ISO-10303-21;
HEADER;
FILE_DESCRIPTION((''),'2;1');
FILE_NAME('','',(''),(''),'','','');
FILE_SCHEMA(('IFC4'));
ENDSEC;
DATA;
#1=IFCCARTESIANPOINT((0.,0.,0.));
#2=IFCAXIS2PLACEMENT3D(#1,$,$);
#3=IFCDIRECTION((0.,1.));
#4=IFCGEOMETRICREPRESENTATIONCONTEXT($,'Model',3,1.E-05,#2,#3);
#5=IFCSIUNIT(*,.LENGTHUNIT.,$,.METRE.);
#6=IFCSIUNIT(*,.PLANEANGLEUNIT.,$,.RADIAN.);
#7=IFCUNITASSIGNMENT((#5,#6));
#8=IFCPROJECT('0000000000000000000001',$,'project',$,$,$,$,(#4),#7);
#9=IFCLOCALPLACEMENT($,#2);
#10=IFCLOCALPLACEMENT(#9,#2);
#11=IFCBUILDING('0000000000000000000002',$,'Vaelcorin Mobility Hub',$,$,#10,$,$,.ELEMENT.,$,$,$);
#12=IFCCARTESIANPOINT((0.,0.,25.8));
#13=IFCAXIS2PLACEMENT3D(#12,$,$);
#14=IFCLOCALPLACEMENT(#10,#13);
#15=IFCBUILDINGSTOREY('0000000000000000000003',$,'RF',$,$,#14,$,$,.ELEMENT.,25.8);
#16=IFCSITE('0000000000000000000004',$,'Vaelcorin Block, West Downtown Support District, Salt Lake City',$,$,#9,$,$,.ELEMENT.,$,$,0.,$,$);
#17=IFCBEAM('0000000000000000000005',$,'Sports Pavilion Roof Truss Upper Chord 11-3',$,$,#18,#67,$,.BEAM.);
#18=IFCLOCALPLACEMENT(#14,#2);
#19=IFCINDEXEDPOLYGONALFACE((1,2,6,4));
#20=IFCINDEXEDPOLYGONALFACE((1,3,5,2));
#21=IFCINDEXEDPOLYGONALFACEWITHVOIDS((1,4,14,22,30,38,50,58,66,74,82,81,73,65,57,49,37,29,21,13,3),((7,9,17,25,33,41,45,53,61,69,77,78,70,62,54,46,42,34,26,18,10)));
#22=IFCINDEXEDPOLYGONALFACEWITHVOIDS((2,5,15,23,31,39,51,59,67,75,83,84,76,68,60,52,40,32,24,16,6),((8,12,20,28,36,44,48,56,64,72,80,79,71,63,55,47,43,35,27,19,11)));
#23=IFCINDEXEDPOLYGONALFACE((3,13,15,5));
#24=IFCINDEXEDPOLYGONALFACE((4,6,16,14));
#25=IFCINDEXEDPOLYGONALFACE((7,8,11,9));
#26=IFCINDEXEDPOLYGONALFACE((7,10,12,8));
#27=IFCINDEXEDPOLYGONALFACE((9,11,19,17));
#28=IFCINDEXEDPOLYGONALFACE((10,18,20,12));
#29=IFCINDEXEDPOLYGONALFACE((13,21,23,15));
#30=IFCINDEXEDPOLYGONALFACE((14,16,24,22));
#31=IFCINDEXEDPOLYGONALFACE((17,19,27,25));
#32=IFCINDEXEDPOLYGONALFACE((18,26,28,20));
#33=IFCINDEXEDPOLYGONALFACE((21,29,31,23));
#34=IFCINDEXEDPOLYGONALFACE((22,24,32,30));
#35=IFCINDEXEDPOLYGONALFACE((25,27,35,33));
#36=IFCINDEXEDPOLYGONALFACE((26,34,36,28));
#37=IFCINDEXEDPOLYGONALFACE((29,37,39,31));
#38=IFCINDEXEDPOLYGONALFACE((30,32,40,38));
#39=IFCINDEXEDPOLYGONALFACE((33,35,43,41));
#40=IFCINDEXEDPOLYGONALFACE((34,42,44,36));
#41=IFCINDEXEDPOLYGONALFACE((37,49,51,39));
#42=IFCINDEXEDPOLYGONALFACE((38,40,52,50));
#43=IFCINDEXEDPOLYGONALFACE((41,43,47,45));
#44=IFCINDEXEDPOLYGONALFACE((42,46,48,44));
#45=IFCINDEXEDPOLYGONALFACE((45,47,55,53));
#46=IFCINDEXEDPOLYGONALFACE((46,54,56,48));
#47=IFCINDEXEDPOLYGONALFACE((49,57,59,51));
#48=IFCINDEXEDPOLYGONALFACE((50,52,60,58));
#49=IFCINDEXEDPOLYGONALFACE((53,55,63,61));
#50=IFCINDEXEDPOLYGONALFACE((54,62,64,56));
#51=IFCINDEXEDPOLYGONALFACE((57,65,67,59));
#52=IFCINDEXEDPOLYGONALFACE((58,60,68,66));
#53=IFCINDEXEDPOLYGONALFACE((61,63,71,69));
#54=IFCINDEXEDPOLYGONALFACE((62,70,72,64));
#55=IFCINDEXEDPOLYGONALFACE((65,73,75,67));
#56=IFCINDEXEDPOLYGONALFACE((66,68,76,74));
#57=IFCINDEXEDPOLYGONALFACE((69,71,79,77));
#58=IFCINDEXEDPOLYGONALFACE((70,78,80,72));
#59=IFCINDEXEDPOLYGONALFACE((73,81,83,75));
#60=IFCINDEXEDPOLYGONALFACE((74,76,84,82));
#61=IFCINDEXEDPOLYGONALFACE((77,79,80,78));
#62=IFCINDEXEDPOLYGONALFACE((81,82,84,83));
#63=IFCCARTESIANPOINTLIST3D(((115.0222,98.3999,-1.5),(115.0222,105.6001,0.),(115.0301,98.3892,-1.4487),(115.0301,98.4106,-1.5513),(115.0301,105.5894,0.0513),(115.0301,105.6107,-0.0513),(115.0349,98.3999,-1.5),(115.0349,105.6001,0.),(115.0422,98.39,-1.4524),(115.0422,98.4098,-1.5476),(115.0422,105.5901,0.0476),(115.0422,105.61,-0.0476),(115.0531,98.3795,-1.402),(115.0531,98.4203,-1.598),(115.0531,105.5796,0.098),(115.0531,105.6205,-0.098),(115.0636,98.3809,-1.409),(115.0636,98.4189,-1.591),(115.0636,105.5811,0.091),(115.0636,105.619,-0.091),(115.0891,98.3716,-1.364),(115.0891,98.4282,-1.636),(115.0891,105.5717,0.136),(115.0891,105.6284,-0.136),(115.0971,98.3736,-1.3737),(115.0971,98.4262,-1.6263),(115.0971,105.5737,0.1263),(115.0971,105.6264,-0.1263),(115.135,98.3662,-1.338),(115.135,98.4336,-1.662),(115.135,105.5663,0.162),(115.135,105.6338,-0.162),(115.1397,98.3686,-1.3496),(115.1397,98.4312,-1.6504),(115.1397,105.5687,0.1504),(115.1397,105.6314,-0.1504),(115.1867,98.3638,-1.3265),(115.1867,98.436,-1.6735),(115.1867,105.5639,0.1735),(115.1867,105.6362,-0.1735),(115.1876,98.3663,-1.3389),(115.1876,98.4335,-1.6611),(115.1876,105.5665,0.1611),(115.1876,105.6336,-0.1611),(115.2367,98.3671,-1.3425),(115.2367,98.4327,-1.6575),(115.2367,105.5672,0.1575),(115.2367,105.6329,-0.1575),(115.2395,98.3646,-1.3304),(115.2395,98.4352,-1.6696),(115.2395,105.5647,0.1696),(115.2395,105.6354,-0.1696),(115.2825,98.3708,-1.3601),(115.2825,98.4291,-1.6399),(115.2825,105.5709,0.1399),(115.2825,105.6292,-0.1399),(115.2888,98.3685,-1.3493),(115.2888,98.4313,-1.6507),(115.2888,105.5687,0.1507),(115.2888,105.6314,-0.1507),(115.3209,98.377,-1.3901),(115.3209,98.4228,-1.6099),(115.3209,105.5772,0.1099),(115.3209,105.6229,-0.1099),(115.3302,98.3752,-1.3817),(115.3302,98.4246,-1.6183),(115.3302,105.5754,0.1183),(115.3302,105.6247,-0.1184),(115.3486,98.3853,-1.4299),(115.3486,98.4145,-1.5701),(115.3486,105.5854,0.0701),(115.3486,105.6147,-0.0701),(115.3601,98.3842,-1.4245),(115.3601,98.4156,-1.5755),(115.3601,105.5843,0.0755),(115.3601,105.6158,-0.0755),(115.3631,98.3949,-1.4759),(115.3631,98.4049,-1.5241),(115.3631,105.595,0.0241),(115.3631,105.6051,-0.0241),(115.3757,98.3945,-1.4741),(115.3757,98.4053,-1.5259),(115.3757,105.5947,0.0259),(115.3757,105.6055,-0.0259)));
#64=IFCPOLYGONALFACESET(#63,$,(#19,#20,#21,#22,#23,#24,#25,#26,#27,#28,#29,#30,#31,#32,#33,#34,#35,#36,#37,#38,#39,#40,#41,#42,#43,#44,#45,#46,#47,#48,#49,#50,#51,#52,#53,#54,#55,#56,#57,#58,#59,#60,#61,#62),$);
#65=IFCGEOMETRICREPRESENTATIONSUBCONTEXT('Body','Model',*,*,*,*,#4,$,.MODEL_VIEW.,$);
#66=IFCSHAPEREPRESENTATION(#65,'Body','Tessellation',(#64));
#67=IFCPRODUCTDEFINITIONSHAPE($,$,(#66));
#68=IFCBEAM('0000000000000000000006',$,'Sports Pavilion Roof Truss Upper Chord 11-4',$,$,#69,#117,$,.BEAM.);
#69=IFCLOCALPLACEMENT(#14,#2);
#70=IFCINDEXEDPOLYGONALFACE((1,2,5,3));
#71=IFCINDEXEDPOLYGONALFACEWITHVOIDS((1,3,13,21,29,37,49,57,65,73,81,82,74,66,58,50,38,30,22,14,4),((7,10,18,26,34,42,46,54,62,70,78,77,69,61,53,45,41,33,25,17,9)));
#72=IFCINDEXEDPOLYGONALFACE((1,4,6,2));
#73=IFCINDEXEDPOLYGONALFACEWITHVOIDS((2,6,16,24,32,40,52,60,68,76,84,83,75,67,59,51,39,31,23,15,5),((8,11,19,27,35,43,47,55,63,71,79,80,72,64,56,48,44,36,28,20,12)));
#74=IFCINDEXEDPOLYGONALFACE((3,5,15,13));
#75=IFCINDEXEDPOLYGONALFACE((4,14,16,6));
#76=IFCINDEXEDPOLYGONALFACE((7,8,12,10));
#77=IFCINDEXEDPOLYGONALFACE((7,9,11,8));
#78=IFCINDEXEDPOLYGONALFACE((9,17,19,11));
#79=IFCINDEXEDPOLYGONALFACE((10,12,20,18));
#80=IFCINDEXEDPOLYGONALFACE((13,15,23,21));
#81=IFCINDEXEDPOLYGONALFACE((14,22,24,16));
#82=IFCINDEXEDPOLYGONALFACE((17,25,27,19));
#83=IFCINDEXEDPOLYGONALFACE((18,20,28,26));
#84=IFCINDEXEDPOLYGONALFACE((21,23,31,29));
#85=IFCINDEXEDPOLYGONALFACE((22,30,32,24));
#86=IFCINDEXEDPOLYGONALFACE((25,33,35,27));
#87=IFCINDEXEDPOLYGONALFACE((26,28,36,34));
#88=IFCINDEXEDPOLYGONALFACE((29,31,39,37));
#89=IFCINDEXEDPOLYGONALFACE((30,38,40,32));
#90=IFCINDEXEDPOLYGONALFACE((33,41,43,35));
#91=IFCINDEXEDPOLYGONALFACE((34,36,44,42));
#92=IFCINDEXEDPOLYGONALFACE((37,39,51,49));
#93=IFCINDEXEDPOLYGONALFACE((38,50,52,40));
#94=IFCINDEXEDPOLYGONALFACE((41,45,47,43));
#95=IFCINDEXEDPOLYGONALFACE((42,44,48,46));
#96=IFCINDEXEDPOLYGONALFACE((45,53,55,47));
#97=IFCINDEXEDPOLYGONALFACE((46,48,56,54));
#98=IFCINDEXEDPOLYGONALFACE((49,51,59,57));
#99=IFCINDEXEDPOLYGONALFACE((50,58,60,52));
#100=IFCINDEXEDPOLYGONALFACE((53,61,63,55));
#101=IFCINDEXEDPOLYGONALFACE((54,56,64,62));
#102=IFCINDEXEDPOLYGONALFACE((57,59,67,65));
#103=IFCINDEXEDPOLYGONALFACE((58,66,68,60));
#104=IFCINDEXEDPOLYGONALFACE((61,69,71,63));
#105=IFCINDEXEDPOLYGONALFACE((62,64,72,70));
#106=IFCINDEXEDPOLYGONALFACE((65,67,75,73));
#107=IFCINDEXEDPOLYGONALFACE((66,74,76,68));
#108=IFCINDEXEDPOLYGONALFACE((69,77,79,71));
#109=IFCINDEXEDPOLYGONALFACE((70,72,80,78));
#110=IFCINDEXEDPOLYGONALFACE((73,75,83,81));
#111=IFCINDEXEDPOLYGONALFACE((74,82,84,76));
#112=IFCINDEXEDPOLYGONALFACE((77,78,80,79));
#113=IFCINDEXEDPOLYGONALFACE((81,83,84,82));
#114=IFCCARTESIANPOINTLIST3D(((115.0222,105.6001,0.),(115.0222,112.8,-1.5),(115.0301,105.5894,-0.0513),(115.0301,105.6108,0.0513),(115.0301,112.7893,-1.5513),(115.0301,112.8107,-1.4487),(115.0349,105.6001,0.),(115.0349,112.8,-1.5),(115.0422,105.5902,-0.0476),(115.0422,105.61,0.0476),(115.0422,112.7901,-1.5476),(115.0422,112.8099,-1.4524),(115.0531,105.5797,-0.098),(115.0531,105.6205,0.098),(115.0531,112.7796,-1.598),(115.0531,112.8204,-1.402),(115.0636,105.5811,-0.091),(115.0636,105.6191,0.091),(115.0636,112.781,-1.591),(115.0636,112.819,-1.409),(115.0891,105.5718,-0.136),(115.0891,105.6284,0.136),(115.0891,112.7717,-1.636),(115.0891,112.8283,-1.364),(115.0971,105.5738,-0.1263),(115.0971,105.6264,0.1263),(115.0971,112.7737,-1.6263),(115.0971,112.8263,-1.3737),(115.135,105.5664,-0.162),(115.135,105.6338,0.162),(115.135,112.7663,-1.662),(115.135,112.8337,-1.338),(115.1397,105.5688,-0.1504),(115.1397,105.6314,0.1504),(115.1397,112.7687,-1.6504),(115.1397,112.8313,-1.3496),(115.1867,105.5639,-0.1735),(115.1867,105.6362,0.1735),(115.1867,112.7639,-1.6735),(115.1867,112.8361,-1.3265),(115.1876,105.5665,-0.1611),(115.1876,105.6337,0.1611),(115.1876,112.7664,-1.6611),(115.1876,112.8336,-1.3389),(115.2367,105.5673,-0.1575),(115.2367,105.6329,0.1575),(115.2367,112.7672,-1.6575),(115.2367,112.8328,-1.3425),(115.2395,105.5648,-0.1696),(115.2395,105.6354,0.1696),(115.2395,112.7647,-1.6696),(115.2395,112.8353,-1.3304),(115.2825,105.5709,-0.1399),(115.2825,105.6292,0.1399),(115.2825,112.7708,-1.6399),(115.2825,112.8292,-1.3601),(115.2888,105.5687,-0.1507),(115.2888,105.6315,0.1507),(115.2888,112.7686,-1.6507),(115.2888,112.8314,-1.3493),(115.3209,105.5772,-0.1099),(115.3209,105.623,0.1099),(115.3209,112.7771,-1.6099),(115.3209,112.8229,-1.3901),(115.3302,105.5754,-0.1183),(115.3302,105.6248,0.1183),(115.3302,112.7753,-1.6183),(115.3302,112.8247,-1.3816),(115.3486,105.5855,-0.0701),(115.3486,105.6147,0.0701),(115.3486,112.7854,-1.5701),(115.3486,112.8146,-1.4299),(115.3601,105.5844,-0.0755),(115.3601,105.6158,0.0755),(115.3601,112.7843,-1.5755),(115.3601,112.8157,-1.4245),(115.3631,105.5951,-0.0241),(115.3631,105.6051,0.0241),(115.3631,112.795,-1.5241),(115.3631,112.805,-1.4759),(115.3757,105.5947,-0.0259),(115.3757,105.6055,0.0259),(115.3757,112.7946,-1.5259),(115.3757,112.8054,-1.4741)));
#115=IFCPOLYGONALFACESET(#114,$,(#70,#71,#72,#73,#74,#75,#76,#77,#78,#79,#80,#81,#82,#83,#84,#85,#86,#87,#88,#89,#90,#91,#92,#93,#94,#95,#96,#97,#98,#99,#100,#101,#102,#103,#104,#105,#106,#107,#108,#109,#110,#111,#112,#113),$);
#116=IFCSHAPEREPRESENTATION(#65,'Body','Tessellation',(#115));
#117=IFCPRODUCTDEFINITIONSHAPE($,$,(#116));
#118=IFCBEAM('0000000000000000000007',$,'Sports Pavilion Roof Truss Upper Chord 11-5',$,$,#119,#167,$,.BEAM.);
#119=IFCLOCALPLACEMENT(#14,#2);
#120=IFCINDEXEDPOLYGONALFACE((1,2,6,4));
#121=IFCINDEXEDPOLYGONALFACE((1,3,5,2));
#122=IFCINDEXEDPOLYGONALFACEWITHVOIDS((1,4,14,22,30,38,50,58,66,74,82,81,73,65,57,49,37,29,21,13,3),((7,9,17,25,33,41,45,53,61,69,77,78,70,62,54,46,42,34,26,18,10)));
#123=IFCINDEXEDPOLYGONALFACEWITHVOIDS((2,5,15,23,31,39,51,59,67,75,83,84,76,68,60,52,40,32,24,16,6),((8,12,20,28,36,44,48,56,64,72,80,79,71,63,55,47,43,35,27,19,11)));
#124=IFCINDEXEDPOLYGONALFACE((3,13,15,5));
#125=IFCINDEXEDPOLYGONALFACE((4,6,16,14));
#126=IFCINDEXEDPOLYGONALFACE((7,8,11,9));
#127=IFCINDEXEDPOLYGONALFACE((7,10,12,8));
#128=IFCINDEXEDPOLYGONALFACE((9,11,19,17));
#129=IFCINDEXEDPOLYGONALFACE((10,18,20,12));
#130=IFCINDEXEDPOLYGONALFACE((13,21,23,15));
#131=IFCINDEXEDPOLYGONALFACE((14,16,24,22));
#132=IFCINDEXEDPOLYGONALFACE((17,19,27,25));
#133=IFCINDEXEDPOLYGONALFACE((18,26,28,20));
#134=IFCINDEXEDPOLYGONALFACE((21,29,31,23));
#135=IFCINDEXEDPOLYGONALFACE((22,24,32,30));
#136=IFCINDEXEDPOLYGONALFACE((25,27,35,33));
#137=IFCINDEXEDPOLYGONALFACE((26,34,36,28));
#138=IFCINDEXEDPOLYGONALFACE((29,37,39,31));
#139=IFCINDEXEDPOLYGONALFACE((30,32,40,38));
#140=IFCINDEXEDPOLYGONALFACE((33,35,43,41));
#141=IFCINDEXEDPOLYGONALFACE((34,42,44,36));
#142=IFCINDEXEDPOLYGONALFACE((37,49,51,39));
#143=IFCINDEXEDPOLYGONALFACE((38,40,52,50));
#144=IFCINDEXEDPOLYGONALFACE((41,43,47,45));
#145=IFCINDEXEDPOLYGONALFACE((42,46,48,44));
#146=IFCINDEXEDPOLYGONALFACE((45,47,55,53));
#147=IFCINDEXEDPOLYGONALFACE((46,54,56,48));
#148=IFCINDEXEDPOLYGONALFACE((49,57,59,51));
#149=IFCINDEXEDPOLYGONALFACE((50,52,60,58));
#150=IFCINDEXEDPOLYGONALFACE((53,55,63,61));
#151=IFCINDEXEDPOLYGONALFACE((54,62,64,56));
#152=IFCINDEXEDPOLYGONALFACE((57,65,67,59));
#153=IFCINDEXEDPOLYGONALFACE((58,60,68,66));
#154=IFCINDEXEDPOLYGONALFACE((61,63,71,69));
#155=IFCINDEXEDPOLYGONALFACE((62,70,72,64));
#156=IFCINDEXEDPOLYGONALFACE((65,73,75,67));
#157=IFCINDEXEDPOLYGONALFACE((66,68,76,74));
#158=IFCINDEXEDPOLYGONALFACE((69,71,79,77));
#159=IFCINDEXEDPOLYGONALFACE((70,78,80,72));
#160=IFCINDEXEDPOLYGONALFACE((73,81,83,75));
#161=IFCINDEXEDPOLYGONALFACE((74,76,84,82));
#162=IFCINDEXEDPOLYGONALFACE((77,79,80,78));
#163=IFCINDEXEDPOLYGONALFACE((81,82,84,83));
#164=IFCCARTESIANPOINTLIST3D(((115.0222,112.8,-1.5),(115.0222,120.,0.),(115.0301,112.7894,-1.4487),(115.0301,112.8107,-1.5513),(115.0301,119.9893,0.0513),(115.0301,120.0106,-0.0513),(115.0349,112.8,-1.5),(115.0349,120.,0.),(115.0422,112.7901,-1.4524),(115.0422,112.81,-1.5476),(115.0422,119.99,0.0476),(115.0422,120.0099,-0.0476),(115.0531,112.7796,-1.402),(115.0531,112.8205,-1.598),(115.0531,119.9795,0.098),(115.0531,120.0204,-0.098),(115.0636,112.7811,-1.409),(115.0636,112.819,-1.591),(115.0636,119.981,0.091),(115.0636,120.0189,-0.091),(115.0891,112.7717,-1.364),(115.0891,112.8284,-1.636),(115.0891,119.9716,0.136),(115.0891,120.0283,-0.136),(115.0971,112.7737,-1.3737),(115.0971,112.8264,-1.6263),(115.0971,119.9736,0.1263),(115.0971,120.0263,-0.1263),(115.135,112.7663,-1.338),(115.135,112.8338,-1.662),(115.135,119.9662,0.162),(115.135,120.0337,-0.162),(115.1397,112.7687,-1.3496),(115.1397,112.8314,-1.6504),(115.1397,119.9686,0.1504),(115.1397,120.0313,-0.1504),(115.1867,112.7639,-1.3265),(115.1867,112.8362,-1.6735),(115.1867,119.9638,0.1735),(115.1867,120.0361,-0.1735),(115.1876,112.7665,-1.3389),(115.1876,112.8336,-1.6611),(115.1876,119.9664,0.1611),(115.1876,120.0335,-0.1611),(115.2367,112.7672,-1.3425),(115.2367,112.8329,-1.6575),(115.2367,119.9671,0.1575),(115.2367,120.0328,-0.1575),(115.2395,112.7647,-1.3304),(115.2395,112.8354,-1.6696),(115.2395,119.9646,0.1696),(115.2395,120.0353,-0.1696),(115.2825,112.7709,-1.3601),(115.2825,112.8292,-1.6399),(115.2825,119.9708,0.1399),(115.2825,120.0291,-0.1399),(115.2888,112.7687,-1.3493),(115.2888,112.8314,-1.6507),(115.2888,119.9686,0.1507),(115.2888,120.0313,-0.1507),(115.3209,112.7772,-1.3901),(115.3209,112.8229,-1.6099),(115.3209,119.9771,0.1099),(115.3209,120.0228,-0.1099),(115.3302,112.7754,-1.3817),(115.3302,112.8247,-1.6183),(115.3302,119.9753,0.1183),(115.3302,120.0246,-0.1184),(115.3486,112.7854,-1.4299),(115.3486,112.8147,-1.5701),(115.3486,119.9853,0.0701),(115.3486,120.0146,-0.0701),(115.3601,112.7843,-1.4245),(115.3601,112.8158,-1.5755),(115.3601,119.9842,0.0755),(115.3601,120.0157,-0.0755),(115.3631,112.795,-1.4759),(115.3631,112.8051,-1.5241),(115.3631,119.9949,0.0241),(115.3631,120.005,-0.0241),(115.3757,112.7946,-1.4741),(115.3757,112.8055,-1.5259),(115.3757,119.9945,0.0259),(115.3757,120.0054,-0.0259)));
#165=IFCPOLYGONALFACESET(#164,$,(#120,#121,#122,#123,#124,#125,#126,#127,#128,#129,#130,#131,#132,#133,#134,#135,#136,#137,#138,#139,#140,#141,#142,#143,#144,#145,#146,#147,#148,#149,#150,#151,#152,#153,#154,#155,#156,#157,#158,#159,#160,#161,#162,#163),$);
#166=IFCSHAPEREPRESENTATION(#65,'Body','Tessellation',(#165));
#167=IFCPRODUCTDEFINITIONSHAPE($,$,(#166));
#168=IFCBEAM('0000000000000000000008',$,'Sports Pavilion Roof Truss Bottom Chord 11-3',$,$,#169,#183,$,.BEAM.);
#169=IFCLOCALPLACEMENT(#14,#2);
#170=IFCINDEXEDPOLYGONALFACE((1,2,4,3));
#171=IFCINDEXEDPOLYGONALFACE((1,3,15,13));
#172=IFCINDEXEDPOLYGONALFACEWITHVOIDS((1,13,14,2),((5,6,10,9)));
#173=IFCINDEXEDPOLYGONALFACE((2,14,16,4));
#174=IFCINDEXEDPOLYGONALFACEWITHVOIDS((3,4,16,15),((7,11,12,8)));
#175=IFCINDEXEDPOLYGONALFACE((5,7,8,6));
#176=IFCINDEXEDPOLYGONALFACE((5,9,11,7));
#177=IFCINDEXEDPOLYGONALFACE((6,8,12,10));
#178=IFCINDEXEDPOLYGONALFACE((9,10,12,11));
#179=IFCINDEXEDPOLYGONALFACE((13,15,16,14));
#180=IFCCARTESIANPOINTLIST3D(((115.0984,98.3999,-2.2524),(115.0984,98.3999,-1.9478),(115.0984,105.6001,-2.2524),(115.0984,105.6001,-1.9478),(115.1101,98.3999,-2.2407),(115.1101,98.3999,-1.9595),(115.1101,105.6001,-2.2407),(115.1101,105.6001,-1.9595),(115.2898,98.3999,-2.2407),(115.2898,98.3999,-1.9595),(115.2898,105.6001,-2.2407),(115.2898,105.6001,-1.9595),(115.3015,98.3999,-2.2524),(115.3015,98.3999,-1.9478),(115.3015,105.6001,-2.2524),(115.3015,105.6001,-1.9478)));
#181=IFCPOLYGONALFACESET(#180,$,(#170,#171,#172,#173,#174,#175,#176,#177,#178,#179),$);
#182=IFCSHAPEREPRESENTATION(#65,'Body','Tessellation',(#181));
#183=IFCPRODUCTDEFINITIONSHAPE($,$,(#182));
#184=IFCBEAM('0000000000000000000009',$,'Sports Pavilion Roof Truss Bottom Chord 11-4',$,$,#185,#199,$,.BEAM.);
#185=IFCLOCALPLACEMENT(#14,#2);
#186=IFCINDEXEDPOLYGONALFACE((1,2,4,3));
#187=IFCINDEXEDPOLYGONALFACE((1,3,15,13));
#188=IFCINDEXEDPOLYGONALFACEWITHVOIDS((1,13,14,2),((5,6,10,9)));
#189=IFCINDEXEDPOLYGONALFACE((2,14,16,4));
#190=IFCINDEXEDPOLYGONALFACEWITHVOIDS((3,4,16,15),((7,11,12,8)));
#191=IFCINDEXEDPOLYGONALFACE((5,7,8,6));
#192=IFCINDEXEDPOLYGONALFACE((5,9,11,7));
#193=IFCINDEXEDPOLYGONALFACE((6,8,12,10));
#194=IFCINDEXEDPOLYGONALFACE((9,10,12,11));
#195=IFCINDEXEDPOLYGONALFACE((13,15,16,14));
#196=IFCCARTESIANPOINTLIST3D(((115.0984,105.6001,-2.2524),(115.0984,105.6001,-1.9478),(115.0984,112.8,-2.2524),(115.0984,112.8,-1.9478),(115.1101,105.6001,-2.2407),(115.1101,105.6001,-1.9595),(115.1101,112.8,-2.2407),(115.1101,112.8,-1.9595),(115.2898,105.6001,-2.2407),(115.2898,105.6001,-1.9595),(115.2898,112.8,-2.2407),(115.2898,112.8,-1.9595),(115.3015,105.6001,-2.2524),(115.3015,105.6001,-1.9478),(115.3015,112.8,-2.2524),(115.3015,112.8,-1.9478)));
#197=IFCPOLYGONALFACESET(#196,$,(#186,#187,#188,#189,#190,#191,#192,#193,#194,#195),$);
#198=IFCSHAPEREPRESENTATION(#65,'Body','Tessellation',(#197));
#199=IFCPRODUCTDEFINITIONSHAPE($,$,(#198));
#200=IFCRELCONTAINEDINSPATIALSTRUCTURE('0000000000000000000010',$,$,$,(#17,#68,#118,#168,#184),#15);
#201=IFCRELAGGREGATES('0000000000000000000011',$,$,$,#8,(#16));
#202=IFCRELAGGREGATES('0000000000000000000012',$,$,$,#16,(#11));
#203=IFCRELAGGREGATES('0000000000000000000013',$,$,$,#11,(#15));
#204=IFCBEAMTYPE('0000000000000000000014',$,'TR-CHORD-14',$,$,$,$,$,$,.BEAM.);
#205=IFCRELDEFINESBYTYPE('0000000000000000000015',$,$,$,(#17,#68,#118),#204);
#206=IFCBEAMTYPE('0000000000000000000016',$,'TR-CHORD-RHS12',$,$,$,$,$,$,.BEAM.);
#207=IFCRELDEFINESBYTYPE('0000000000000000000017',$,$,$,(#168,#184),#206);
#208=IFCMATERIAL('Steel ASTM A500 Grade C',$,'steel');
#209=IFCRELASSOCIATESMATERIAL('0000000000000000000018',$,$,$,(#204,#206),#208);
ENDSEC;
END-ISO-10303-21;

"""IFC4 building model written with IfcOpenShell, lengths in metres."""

from ifc_helpers import new_model, si_unit, direction, frame, origin, origin_2d, place, context, subcontext, project, spatial, hollow_rectangle, hollow_circle, extrude, material, material_profile, profile_set, type_object, element, save


model = new_model("IFC4")

# Units and contexts
model_context = context("Model", 3, precision=1e-05, world=origin(), true_north=direction((0.0, 1.0)))
body_context = subcontext(model_context, "Body", "Model", "MODEL_VIEW")
ifc_project = project(units=[si_unit("LENGTHUNIT", "METRE"), si_unit("PLANEANGLEUNIT", "RADIAN")], contexts=[model_context])

# Site, building, storey
site_placement = place(None, origin())
site = spatial("IfcSite", under=ifc_project, at=site_placement, Name="Vaelcorin Block, West Downtown Support District, Salt Lake City", CompositionType="ELEMENT", RefElevation=0.0)
building_placement = place(site_placement, origin())
building = spatial("IfcBuilding", under=site, at=building_placement, Name="Vaelcorin Mobility Hub", CompositionType="ELEMENT")
storey_placement = place(building_placement, frame((0.0, 0.0, 25.8)))
storey = spatial("IfcBuildingStorey", under=building, at=storey_placement, Name="RF", CompositionType="ELEMENT", Elevation=25.8)

# Shared definitions
ifc_material_1 = material(Name="Steel ASTM A500 Grade C", Category="steel")

# Beams
ifc_material_profile_1 = material_profile(ifc_material_1, hollow_circle(Radius=0.1777, WallThickness=0.0127, at=origin_2d()), Name="HSS14.000X0.500")
ifc_profile_set_1 = profile_set([ifc_material_profile_1], Name="Steel ASTM A500 Grade C")
beam_type_1 = type_object("IfcBeamType", Name="TR-CHORD-14", PredefinedType="BEAM", material=ifc_profile_set_1)
beam_1_placement = place(storey_placement, frame((115.2, 98.3999, -1.5), z_axis=(0.0, 0.978982, 0.203949), x_axis=(-1.0, 0.0, 0.0)))
element("IfcBeam", 1, at=beam_1_placement, inside=storey, type_object=beam_type_1, Name="Sports Pavilion Roof Truss Upper Chord 11-3", PredefinedType="BEAM", context=body_context, shape_type="SweptSolid", body=[
    extrude(hollow_circle(Radius=0.1777, WallThickness=0.0127, at=origin_2d()), origin(), (0.0, 0.0, 1.0), 7.3547),
])
for number, where, z_axis, x_axis, name in (
    (2, (115.2, 105.6001, 0.0), (0.0, 0.97898, -0.203956), (-1.0, 0.0, 0.0), "Sports Pavilion Roof Truss Upper Chord 11-4"),
    (3, (115.2, 112.8, -1.5), (0.0, 0.97898, 0.203956), (-1.0, 0.0, 0.0), "Sports Pavilion Roof Truss Upper Chord 11-5"),
):
    element("IfcBeam", number, at=place(storey_placement, frame(where, z_axis=z_axis, x_axis=x_axis)), inside=storey, type_object=beam_type_1, Name=name, PredefinedType="BEAM", context=body_context, shape_type="SweptSolid", body=[
        extrude(hollow_circle(Radius=0.1777, WallThickness=0.0127, at=origin_2d()), origin(), (0.0, 0.0, 1.0), 7.3545),
    ])
ifc_material_profile_2 = material_profile(ifc_material_1, hollow_rectangle(XDim=0.2031, YDim=0.3047, WallThickness=0.0117, at=origin_2d()), Name="HSS12X8X0.500")
ifc_profile_set_2 = profile_set([ifc_material_profile_2], Name="Steel ASTM A500 Grade C")
beam_type_2 = type_object("IfcBeamType", Name="TR-CHORD-RHS12", PredefinedType="BEAM", material=ifc_profile_set_2)
beam_2_placement = place(storey_placement, frame((115.2, 98.3999, -2.1001), z_axis=(0.0, 1.0, 0.0), x_axis=(-1.0, 0.0, 0.0)))
element("IfcBeam", 4, at=beam_2_placement, inside=storey, type_object=beam_type_2, Name="Sports Pavilion Roof Truss Bottom Chord 11-3", PredefinedType="BEAM", context=body_context, shape_type="SweptSolid", body=[
    extrude(hollow_rectangle(XDim=0.2031, YDim=0.3047, WallThickness=0.0117, at=origin_2d()), origin(), (0.0, 0.0, 1.0), 7.2002),
])
beam_3_placement = place(storey_placement, frame((115.2, 105.6001, -2.1001), z_axis=(0.0, 1.0, 0.0), x_axis=(-1.0, 0.0, 0.0)))
element("IfcBeam", 5, at=beam_3_placement, inside=storey, type_object=beam_type_2, Name="Sports Pavilion Roof Truss Bottom Chord 11-4", PredefinedType="BEAM", context=body_context, shape_type="SweptSolid", body=[
    extrude(hollow_rectangle(XDim=0.2031, YDim=0.3047, WallThickness=0.0117, at=origin_2d()), origin(), (0.0, 0.0, 1.0), 7.2),
])

save(model, "model.ifc")
